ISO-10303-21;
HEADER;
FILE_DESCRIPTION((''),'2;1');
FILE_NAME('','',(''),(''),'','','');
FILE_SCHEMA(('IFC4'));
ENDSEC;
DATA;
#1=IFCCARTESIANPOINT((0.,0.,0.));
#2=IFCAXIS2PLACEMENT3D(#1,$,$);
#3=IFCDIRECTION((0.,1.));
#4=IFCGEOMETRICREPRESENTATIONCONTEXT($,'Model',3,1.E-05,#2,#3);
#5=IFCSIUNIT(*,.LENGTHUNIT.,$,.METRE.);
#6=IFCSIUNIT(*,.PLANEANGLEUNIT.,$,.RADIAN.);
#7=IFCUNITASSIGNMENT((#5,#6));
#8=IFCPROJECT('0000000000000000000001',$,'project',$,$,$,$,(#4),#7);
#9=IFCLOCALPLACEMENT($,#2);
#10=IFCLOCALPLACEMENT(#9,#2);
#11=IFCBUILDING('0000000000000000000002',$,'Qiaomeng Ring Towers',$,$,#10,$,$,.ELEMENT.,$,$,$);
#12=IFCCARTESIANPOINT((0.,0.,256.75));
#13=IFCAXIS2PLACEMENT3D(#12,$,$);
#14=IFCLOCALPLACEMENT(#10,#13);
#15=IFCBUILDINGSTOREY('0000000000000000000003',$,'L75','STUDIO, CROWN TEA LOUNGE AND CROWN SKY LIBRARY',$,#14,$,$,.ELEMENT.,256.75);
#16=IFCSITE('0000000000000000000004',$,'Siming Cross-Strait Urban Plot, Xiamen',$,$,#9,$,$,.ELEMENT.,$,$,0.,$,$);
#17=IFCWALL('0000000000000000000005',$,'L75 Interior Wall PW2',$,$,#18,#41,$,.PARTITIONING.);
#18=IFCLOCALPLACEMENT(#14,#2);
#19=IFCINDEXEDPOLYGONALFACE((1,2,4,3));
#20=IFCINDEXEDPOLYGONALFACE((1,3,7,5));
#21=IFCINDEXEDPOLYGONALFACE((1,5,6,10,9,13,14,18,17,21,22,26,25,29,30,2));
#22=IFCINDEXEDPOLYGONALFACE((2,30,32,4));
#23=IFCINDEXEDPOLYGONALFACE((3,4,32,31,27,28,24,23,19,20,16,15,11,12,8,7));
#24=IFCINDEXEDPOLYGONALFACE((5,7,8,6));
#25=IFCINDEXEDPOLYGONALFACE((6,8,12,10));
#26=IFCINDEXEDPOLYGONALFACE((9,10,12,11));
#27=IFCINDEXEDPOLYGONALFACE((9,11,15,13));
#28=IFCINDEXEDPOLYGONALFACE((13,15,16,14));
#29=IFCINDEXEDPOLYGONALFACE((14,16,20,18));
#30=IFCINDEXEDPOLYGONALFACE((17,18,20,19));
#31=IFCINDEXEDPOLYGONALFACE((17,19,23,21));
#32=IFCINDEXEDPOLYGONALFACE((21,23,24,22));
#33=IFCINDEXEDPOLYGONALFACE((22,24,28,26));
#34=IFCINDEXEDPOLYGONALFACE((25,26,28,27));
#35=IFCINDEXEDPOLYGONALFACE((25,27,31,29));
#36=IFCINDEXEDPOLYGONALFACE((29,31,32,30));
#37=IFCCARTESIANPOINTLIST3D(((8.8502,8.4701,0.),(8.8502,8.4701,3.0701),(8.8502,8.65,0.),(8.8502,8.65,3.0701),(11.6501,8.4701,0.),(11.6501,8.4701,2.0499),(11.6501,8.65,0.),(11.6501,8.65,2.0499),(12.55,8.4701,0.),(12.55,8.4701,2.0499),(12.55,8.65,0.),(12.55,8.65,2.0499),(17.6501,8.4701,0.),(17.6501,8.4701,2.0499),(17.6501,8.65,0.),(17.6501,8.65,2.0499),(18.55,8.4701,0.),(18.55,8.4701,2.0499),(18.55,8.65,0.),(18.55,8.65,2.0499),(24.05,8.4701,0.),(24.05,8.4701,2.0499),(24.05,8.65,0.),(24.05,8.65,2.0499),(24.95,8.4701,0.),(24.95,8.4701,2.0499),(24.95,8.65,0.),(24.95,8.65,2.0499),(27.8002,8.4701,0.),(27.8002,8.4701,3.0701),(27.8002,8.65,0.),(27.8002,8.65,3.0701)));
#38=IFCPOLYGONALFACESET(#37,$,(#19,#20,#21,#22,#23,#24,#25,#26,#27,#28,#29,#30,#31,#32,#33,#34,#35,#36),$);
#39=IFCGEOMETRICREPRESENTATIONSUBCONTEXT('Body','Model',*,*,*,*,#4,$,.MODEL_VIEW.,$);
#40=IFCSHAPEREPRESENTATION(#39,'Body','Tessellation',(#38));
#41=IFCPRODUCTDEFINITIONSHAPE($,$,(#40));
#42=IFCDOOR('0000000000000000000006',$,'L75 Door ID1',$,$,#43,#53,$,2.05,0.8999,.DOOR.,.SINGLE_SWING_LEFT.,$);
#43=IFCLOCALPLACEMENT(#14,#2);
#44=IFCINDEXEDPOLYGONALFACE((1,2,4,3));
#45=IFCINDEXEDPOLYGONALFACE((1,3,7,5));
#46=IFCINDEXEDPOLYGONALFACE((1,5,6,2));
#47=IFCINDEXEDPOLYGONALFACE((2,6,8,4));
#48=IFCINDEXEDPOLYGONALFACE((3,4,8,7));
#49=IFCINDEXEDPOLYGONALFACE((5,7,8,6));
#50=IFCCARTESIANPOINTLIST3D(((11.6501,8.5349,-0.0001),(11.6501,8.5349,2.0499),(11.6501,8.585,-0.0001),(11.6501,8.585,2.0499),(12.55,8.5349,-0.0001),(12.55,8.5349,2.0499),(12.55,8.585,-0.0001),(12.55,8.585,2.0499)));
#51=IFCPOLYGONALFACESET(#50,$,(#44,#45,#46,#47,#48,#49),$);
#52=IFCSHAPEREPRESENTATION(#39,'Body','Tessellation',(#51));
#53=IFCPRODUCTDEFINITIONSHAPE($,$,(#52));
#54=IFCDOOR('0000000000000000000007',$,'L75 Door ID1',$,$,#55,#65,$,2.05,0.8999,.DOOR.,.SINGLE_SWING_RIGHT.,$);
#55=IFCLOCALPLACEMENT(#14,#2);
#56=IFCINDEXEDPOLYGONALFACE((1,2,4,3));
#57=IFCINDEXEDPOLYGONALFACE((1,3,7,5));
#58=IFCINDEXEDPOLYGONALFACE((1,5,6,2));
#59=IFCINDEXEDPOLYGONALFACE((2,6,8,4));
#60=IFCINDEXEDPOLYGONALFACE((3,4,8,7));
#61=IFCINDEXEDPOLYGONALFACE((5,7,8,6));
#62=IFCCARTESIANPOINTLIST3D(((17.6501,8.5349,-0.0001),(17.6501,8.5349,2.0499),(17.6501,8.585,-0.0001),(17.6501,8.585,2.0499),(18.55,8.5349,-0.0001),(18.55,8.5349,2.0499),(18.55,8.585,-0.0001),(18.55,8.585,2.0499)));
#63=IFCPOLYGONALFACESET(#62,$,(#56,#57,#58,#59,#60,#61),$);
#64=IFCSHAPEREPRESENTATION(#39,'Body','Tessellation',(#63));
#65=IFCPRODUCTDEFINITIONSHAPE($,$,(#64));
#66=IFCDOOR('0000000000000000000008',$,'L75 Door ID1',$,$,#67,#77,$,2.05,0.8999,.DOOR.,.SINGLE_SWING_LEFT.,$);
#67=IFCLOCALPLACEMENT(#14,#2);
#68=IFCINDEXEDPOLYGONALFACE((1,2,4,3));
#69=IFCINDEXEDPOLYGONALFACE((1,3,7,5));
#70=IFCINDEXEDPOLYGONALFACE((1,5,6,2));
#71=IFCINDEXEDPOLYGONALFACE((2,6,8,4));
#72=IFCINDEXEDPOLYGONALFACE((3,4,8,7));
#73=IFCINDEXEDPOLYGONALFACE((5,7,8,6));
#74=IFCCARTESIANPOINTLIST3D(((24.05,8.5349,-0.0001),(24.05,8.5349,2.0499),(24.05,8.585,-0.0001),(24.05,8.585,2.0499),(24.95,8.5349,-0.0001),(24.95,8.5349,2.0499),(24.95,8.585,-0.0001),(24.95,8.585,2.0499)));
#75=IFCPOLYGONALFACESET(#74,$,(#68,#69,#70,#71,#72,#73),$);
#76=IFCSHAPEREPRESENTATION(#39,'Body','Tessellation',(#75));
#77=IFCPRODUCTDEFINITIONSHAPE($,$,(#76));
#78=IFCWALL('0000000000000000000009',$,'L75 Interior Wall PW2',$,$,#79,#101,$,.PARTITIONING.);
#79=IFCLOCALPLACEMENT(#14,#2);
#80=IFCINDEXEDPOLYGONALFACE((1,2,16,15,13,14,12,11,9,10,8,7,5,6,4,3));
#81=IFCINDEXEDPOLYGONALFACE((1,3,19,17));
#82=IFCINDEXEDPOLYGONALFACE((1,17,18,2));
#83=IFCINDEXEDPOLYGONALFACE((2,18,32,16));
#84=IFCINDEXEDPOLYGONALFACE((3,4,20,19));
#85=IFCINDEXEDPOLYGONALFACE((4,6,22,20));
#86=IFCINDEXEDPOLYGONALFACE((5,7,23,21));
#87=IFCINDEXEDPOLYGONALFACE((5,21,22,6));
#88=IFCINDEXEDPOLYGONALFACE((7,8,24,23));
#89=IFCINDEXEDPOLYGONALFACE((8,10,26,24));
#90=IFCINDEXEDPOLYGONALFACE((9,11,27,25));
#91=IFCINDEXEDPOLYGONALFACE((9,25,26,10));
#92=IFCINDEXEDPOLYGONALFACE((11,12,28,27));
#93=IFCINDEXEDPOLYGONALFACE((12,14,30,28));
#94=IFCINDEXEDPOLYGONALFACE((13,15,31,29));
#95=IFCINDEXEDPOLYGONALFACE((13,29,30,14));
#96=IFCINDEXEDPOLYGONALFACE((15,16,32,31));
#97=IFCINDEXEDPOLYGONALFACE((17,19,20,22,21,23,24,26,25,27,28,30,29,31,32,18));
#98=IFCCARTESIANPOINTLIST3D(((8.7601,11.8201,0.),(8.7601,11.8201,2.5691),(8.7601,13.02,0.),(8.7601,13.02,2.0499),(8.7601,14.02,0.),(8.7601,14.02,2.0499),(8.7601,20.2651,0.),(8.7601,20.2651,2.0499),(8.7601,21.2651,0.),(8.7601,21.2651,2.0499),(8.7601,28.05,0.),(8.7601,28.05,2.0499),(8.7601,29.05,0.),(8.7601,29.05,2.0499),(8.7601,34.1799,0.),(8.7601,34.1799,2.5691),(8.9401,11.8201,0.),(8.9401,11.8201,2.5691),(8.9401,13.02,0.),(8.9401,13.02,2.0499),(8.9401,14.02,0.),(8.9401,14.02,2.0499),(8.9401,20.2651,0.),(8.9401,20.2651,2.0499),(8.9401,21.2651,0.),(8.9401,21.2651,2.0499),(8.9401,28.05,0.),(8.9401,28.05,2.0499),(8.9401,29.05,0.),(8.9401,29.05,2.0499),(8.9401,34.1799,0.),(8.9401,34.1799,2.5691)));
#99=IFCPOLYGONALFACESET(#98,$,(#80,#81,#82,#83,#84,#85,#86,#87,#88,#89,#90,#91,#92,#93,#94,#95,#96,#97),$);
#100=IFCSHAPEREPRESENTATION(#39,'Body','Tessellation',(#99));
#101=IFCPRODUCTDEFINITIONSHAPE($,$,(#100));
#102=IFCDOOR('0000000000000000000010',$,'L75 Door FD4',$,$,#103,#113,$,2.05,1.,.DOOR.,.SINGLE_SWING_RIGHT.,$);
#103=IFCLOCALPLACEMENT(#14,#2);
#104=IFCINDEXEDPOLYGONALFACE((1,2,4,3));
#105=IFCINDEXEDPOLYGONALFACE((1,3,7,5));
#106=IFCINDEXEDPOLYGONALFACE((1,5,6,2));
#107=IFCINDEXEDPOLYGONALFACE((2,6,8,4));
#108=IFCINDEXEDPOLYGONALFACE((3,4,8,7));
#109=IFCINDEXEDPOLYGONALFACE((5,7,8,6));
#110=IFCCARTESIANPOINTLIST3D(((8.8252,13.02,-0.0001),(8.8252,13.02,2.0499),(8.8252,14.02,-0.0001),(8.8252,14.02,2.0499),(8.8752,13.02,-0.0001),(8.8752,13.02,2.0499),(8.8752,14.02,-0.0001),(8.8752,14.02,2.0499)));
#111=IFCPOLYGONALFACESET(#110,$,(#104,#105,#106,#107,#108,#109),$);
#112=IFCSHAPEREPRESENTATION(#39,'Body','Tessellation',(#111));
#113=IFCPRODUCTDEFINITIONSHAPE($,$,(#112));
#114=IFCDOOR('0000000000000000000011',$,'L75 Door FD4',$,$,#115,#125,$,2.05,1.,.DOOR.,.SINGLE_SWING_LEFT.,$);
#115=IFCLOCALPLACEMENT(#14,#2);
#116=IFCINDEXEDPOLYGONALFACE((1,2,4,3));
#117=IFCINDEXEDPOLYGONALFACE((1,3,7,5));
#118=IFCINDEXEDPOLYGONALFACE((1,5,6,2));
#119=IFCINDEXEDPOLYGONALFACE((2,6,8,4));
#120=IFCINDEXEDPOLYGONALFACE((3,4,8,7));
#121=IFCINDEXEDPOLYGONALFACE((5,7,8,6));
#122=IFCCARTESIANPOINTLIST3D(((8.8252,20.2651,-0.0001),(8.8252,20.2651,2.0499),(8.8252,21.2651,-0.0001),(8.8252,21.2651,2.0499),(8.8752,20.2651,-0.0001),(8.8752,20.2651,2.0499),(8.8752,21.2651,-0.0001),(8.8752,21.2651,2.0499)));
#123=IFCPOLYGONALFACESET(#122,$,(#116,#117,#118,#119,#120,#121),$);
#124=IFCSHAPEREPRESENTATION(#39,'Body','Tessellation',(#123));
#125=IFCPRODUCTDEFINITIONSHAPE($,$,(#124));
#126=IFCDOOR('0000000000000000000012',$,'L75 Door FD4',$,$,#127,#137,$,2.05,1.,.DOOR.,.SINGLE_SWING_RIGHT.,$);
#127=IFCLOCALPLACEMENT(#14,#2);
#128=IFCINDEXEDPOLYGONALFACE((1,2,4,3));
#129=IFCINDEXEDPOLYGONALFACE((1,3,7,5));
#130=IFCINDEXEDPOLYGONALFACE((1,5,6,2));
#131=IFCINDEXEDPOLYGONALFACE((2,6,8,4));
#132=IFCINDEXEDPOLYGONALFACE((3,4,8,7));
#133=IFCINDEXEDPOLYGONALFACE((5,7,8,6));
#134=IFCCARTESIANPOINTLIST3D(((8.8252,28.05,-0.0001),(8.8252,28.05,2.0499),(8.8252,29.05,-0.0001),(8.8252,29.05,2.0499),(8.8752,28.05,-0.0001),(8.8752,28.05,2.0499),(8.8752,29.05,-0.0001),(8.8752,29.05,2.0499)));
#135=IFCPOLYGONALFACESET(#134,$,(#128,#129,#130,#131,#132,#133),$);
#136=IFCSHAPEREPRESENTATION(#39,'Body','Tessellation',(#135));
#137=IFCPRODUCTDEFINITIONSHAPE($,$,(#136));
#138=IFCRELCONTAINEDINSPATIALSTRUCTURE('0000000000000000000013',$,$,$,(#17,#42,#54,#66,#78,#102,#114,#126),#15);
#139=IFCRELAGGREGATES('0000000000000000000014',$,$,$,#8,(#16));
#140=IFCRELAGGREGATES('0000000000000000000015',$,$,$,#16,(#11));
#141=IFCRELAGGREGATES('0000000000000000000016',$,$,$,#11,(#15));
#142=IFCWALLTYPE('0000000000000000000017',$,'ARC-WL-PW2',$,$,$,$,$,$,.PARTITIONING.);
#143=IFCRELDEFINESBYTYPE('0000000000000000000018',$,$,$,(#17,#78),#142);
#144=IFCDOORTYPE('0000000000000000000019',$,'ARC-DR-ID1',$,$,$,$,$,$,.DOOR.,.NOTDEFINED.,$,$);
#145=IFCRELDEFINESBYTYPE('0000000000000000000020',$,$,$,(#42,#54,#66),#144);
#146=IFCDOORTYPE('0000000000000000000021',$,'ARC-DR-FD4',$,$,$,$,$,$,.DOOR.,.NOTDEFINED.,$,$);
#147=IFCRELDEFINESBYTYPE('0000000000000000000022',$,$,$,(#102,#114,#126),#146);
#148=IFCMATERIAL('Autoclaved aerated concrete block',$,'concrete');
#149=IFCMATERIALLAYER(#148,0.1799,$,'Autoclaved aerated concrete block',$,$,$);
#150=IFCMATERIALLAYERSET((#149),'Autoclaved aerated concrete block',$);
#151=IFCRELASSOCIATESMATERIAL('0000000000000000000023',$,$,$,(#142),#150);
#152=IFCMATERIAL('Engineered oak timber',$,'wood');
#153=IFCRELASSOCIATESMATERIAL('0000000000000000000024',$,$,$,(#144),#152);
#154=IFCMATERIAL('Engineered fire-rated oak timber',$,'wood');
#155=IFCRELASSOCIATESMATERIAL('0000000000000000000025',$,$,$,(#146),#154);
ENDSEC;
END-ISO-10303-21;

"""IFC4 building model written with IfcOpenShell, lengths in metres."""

from ifc_helpers import new_model, si_unit, direction, frame, frame_2d, origin, place, context, subcontext, project, spatial, rectangle, extrude, source, transform, mapped, material, layer, layer_set, type_object, element, fill, save


model = new_model("IFC4")

# Units and contexts
model_context = context("Model", 3, precision=1e-05, world=origin(), true_north=direction((0.0, 1.0)))
body_context = subcontext(model_context, "Body", "Model", "MODEL_VIEW")
ifc_project = project(units=[si_unit("LENGTHUNIT", "METRE"), si_unit("PLANEANGLEUNIT", "RADIAN")], contexts=[model_context])

# Site, building, storey
site_placement = place(None, origin())
site = spatial("IfcSite", under=ifc_project, at=site_placement, Name="Siming Cross-Strait Urban Plot, Xiamen", CompositionType="ELEMENT", RefElevation=0.0)
building_placement = place(site_placement, origin())
building = spatial("IfcBuilding", under=site, at=building_placement, Name="Qiaomeng Ring Towers", CompositionType="ELEMENT")
storey_placement = place(building_placement, frame((0.0, 0.0, 256.75)))
storey = spatial("IfcBuildingStorey", under=building, at=storey_placement, Name="L75", Description="STUDIO, CROWN TEA LOUNGE AND CROWN SKY LIBRARY", CompositionType="ELEMENT", Elevation=256.75)

# Shared definitions
ifc_material_1 = material(Name="Autoclaved aerated concrete block", Category="concrete")
ifc_layer_1 = layer(ifc_material_1, 0.1799, Name="Autoclaved aerated concrete block")
ifc_layer_set_1 = layer_set([ifc_layer_1], Name="Autoclaved aerated concrete block")
wall_type_1 = type_object("IfcWallType", Name="ARC-WL-PW2", PredefinedType="PARTITIONING", material=ifc_layer_set_1)

# Walls, openings, doors
wall_1_placement = place(storey_placement, frame((8.8501, 8.5601, 0.0), z_axis=(0.0, 0.0, 1.0), x_axis=(1.0, 0.0, 0.0)))
wall_1 = element("IfcWall", 1, at=wall_1_placement, inside=storey, type_object=wall_type_1, Name="L75 Interior Wall PW2", PredefinedType="PARTITIONING", context=body_context, shape_type="SweptSolid", body=[
    extrude(rectangle(XDim=18.95, YDim=0.1799, at=frame_2d((9.4751, 0.0))), origin(), (0.0, 0.0, 1.0), 3.0701),
])
opening_1_placement = place(wall_1_placement, frame((2.8, 0.0, 0.0)))
opening_1 = element("IfcOpeningElement", 2, at=opening_1_placement, cuts=wall_1, PredefinedType="OPENING", context=body_context, shape_type="SweptSolid", body=[
    extrude(rectangle(XDim=0.8999, YDim=2.05, at=frame_2d((0.45, 1.0249))), frame((0.0, 0.0999, 0.0), z_axis=(0.0, -1.0, 0.0), x_axis=(1.0, 0.0, 0.0)), (0.0, 0.0, 1.0), 0.2),
])
opening_2_placement = place(wall_1_placement, frame((8.8, 0.0, 0.0)))
opening_2 = element("IfcOpeningElement", 3, at=opening_2_placement, cuts=wall_1, PredefinedType="OPENING", context=body_context, shape_type="SweptSolid", body=[
    extrude(rectangle(XDim=0.8999, YDim=2.05, at=frame_2d((0.45, 1.0249))), frame((0.0, 0.0999, 0.0), z_axis=(0.0, -1.0, 0.0), x_axis=(1.0, 0.0, 0.0)), (0.0, 0.0, 1.0), 0.2),
])
opening_3_placement = place(wall_1_placement, frame((15.2, 0.0, 0.0)))
opening_3 = element("IfcOpeningElement", 4, at=opening_3_placement, cuts=wall_1, PredefinedType="OPENING", context=body_context, shape_type="SweptSolid", body=[
    extrude(rectangle(XDim=0.8999, YDim=2.05, at=frame_2d((0.45, 1.0249))), frame((0.0, 0.0999, 0.0), z_axis=(0.0, -1.0, 0.0), x_axis=(1.0, 0.0, 0.0)), (0.0, 0.0, 1.0), 0.2),
])
ifc_material_2 = material(Name="Engineered oak timber", Category="wood")
door_type_1 = type_object("IfcDoorType", Name="ARC-DR-ID1", OperationType="NOTDEFINED", PredefinedType="DOOR", material=ifc_material_2)
shared_shape_1 = source(origin(), body_context, "Body", "SweptSolid", [
    extrude(rectangle(XDim=0.8999, YDim=2.05, at=frame_2d((0.45, 1.0249))), frame((0.0, 0.0249, 0.0), z_axis=(0.0, -1.0, 0.0), x_axis=(1.0, 0.0, 0.0)), (0.0, 0.0, 1.0), 0.05),
])
door_1_placement = place(opening_1_placement, origin())
door_1 = element("IfcDoor", 5, at=door_1_placement, inside=storey, type_object=door_type_1, Name="L75 Door ID1", OperationType="SINGLE_SWING_LEFT", OverallHeight=2.05, OverallWidth=0.8999, PredefinedType="DOOR", context=body_context, shape_type="MappedRepresentation", body=[
    mapped(shared_shape_1, transform((0.0, 0.0, 0.0), x_axis=(1.0, 0.0, 0.0), y_axis=(0.0, 1.0, 0.0), z_axis=(0.0, 0.0, 1.0), scale=1.0)),
])
fill(opening_1, door_1)
door_2_placement = place(opening_2_placement, origin())
door_2 = element("IfcDoor", 6, at=door_2_placement, inside=storey, type_object=door_type_1, Name="L75 Door ID1", OperationType="SINGLE_SWING_RIGHT", OverallHeight=2.05, OverallWidth=0.8999, PredefinedType="DOOR", context=body_context, shape_type="MappedRepresentation", body=[
    mapped(shared_shape_1, transform((0.0, 0.0, 0.0), x_axis=(1.0, 0.0, 0.0), y_axis=(0.0, 1.0, 0.0), z_axis=(0.0, 0.0, 1.0), scale=1.0)),
])
fill(opening_2, door_2)
door_3_placement = place(opening_3_placement, origin())
door_3 = element("IfcDoor", 7, at=door_3_placement, inside=storey, type_object=door_type_1, Name="L75 Door ID1", OperationType="SINGLE_SWING_LEFT", OverallHeight=2.05, OverallWidth=0.8999, PredefinedType="DOOR", context=body_context, shape_type="MappedRepresentation", body=[
    mapped(shared_shape_1, transform((0.0, 0.0, 0.0), x_axis=(1.0, 0.0, 0.0), y_axis=(0.0, 1.0, 0.0), z_axis=(0.0, 0.0, 1.0), scale=1.0)),
])
fill(opening_3, door_3)
wall_2_placement = place(storey_placement, frame((8.8501, 11.8201, 0.0), z_axis=(0.0, 0.0, 1.0), x_axis=(0.0, 1.0, 0.0)))
wall_2 = element("IfcWall", 8, at=wall_2_placement, inside=storey, type_object=wall_type_1, Name="L75 Interior Wall PW2", PredefinedType="PARTITIONING", context=body_context, shape_type="SweptSolid", body=[
    extrude(rectangle(XDim=22.3599, YDim=0.1799, at=frame_2d((11.1799, 0.0))), origin(), (0.0, 0.0, 1.0), 2.5691),
])
opening_4_placement = place(wall_2_placement, frame((1.2, 0.0, 0.0)))
opening_4 = element("IfcOpeningElement", 9, at=opening_4_placement, cuts=wall_2, PredefinedType="OPENING", context=body_context, shape_type="SweptSolid", body=[
    extrude(rectangle(XDim=1.0, YDim=2.05, at=frame_2d((0.5, 1.0249))), frame((0.0, 0.0999, 0.0), z_axis=(0.0, -1.0, 0.0), x_axis=(1.0, 0.0, 0.0)), (0.0, 0.0, 1.0), 0.2),
])
opening_5_placement = place(wall_2_placement, frame((8.4451, 0.0, 0.0)))
opening_5 = element("IfcOpeningElement", 10, at=opening_5_placement, cuts=wall_2, PredefinedType="OPENING", context=body_context, shape_type="SweptSolid", body=[
    extrude(rectangle(XDim=1.0, YDim=2.05, at=frame_2d((0.5, 1.0249))), frame((0.0, 0.0999, 0.0), z_axis=(0.0, -1.0, 0.0), x_axis=(1.0, 0.0, 0.0)), (0.0, 0.0, 1.0), 0.2),
])
opening_6_placement = place(wall_2_placement, frame((16.23, 0.0, 0.0)))
opening_6 = element("IfcOpeningElement", 11, at=opening_6_placement, cuts=wall_2, PredefinedType="OPENING", context=body_context, shape_type="SweptSolid", body=[
    extrude(rectangle(XDim=1.0, YDim=2.05, at=frame_2d((0.5, 1.0249))), frame((0.0, 0.0999, 0.0), z_axis=(0.0, -1.0, 0.0), x_axis=(1.0, 0.0, 0.0)), (0.0, 0.0, 1.0), 0.2),
])
ifc_material_3 = material(Name="Engineered fire-rated oak timber", Category="wood")
door_type_2 = type_object("IfcDoorType", Name="ARC-DR-FD4", OperationType="NOTDEFINED", PredefinedType="DOOR", material=ifc_material_3)
shared_shape_2 = source(origin(), body_context, "Body", "SweptSolid", [
    extrude(rectangle(XDim=1.0, YDim=2.05, at=frame_2d((0.5, 1.0249))), frame((0.0, 0.0249, 0.0), z_axis=(0.0, -1.0, 0.0), x_axis=(1.0, 0.0, 0.0)), (0.0, 0.0, 1.0), 0.05),
])
door_4_placement = place(opening_4_placement, origin())
door_4 = element("IfcDoor", 12, at=door_4_placement, inside=storey, type_object=door_type_2, Name="L75 Door FD4", OperationType="SINGLE_SWING_RIGHT", OverallHeight=2.05, OverallWidth=1.0, PredefinedType="DOOR", context=body_context, shape_type="MappedRepresentation", body=[
    mapped(shared_shape_2, transform((0.0, 0.0, 0.0), x_axis=(1.0, 0.0, 0.0), y_axis=(0.0, 1.0, 0.0), z_axis=(0.0, 0.0, 1.0), scale=1.0)),
])
fill(opening_4, door_4)
door_5_placement = place(opening_5_placement, origin())
door_5 = element("IfcDoor", 13, at=door_5_placement, inside=storey, type_object=door_type_2, Name="L75 Door FD4", OperationType="SINGLE_SWING_LEFT", OverallHeight=2.05, OverallWidth=1.0, PredefinedType="DOOR", context=body_context, shape_type="MappedRepresentation", body=[
    mapped(shared_shape_2, transform((0.0, 0.0, 0.0), x_axis=(1.0, 0.0, 0.0), y_axis=(0.0, 1.0, 0.0), z_axis=(0.0, 0.0, 1.0), scale=1.0)),
])
fill(opening_5, door_5)
door_6_placement = place(opening_6_placement, origin())
door_6 = element("IfcDoor", 14, at=door_6_placement, inside=storey, type_object=door_type_2, Name="L75 Door FD4", OperationType="SINGLE_SWING_RIGHT", OverallHeight=2.05, OverallWidth=1.0, PredefinedType="DOOR", context=body_context, shape_type="MappedRepresentation", body=[
    mapped(shared_shape_2, transform((0.0, 0.0, 0.0), x_axis=(1.0, 0.0, 0.0), y_axis=(0.0, 1.0, 0.0), z_axis=(0.0, 0.0, 1.0), scale=1.0)),
])
fill(opening_6, door_6)

save(model, "model.ifc")
